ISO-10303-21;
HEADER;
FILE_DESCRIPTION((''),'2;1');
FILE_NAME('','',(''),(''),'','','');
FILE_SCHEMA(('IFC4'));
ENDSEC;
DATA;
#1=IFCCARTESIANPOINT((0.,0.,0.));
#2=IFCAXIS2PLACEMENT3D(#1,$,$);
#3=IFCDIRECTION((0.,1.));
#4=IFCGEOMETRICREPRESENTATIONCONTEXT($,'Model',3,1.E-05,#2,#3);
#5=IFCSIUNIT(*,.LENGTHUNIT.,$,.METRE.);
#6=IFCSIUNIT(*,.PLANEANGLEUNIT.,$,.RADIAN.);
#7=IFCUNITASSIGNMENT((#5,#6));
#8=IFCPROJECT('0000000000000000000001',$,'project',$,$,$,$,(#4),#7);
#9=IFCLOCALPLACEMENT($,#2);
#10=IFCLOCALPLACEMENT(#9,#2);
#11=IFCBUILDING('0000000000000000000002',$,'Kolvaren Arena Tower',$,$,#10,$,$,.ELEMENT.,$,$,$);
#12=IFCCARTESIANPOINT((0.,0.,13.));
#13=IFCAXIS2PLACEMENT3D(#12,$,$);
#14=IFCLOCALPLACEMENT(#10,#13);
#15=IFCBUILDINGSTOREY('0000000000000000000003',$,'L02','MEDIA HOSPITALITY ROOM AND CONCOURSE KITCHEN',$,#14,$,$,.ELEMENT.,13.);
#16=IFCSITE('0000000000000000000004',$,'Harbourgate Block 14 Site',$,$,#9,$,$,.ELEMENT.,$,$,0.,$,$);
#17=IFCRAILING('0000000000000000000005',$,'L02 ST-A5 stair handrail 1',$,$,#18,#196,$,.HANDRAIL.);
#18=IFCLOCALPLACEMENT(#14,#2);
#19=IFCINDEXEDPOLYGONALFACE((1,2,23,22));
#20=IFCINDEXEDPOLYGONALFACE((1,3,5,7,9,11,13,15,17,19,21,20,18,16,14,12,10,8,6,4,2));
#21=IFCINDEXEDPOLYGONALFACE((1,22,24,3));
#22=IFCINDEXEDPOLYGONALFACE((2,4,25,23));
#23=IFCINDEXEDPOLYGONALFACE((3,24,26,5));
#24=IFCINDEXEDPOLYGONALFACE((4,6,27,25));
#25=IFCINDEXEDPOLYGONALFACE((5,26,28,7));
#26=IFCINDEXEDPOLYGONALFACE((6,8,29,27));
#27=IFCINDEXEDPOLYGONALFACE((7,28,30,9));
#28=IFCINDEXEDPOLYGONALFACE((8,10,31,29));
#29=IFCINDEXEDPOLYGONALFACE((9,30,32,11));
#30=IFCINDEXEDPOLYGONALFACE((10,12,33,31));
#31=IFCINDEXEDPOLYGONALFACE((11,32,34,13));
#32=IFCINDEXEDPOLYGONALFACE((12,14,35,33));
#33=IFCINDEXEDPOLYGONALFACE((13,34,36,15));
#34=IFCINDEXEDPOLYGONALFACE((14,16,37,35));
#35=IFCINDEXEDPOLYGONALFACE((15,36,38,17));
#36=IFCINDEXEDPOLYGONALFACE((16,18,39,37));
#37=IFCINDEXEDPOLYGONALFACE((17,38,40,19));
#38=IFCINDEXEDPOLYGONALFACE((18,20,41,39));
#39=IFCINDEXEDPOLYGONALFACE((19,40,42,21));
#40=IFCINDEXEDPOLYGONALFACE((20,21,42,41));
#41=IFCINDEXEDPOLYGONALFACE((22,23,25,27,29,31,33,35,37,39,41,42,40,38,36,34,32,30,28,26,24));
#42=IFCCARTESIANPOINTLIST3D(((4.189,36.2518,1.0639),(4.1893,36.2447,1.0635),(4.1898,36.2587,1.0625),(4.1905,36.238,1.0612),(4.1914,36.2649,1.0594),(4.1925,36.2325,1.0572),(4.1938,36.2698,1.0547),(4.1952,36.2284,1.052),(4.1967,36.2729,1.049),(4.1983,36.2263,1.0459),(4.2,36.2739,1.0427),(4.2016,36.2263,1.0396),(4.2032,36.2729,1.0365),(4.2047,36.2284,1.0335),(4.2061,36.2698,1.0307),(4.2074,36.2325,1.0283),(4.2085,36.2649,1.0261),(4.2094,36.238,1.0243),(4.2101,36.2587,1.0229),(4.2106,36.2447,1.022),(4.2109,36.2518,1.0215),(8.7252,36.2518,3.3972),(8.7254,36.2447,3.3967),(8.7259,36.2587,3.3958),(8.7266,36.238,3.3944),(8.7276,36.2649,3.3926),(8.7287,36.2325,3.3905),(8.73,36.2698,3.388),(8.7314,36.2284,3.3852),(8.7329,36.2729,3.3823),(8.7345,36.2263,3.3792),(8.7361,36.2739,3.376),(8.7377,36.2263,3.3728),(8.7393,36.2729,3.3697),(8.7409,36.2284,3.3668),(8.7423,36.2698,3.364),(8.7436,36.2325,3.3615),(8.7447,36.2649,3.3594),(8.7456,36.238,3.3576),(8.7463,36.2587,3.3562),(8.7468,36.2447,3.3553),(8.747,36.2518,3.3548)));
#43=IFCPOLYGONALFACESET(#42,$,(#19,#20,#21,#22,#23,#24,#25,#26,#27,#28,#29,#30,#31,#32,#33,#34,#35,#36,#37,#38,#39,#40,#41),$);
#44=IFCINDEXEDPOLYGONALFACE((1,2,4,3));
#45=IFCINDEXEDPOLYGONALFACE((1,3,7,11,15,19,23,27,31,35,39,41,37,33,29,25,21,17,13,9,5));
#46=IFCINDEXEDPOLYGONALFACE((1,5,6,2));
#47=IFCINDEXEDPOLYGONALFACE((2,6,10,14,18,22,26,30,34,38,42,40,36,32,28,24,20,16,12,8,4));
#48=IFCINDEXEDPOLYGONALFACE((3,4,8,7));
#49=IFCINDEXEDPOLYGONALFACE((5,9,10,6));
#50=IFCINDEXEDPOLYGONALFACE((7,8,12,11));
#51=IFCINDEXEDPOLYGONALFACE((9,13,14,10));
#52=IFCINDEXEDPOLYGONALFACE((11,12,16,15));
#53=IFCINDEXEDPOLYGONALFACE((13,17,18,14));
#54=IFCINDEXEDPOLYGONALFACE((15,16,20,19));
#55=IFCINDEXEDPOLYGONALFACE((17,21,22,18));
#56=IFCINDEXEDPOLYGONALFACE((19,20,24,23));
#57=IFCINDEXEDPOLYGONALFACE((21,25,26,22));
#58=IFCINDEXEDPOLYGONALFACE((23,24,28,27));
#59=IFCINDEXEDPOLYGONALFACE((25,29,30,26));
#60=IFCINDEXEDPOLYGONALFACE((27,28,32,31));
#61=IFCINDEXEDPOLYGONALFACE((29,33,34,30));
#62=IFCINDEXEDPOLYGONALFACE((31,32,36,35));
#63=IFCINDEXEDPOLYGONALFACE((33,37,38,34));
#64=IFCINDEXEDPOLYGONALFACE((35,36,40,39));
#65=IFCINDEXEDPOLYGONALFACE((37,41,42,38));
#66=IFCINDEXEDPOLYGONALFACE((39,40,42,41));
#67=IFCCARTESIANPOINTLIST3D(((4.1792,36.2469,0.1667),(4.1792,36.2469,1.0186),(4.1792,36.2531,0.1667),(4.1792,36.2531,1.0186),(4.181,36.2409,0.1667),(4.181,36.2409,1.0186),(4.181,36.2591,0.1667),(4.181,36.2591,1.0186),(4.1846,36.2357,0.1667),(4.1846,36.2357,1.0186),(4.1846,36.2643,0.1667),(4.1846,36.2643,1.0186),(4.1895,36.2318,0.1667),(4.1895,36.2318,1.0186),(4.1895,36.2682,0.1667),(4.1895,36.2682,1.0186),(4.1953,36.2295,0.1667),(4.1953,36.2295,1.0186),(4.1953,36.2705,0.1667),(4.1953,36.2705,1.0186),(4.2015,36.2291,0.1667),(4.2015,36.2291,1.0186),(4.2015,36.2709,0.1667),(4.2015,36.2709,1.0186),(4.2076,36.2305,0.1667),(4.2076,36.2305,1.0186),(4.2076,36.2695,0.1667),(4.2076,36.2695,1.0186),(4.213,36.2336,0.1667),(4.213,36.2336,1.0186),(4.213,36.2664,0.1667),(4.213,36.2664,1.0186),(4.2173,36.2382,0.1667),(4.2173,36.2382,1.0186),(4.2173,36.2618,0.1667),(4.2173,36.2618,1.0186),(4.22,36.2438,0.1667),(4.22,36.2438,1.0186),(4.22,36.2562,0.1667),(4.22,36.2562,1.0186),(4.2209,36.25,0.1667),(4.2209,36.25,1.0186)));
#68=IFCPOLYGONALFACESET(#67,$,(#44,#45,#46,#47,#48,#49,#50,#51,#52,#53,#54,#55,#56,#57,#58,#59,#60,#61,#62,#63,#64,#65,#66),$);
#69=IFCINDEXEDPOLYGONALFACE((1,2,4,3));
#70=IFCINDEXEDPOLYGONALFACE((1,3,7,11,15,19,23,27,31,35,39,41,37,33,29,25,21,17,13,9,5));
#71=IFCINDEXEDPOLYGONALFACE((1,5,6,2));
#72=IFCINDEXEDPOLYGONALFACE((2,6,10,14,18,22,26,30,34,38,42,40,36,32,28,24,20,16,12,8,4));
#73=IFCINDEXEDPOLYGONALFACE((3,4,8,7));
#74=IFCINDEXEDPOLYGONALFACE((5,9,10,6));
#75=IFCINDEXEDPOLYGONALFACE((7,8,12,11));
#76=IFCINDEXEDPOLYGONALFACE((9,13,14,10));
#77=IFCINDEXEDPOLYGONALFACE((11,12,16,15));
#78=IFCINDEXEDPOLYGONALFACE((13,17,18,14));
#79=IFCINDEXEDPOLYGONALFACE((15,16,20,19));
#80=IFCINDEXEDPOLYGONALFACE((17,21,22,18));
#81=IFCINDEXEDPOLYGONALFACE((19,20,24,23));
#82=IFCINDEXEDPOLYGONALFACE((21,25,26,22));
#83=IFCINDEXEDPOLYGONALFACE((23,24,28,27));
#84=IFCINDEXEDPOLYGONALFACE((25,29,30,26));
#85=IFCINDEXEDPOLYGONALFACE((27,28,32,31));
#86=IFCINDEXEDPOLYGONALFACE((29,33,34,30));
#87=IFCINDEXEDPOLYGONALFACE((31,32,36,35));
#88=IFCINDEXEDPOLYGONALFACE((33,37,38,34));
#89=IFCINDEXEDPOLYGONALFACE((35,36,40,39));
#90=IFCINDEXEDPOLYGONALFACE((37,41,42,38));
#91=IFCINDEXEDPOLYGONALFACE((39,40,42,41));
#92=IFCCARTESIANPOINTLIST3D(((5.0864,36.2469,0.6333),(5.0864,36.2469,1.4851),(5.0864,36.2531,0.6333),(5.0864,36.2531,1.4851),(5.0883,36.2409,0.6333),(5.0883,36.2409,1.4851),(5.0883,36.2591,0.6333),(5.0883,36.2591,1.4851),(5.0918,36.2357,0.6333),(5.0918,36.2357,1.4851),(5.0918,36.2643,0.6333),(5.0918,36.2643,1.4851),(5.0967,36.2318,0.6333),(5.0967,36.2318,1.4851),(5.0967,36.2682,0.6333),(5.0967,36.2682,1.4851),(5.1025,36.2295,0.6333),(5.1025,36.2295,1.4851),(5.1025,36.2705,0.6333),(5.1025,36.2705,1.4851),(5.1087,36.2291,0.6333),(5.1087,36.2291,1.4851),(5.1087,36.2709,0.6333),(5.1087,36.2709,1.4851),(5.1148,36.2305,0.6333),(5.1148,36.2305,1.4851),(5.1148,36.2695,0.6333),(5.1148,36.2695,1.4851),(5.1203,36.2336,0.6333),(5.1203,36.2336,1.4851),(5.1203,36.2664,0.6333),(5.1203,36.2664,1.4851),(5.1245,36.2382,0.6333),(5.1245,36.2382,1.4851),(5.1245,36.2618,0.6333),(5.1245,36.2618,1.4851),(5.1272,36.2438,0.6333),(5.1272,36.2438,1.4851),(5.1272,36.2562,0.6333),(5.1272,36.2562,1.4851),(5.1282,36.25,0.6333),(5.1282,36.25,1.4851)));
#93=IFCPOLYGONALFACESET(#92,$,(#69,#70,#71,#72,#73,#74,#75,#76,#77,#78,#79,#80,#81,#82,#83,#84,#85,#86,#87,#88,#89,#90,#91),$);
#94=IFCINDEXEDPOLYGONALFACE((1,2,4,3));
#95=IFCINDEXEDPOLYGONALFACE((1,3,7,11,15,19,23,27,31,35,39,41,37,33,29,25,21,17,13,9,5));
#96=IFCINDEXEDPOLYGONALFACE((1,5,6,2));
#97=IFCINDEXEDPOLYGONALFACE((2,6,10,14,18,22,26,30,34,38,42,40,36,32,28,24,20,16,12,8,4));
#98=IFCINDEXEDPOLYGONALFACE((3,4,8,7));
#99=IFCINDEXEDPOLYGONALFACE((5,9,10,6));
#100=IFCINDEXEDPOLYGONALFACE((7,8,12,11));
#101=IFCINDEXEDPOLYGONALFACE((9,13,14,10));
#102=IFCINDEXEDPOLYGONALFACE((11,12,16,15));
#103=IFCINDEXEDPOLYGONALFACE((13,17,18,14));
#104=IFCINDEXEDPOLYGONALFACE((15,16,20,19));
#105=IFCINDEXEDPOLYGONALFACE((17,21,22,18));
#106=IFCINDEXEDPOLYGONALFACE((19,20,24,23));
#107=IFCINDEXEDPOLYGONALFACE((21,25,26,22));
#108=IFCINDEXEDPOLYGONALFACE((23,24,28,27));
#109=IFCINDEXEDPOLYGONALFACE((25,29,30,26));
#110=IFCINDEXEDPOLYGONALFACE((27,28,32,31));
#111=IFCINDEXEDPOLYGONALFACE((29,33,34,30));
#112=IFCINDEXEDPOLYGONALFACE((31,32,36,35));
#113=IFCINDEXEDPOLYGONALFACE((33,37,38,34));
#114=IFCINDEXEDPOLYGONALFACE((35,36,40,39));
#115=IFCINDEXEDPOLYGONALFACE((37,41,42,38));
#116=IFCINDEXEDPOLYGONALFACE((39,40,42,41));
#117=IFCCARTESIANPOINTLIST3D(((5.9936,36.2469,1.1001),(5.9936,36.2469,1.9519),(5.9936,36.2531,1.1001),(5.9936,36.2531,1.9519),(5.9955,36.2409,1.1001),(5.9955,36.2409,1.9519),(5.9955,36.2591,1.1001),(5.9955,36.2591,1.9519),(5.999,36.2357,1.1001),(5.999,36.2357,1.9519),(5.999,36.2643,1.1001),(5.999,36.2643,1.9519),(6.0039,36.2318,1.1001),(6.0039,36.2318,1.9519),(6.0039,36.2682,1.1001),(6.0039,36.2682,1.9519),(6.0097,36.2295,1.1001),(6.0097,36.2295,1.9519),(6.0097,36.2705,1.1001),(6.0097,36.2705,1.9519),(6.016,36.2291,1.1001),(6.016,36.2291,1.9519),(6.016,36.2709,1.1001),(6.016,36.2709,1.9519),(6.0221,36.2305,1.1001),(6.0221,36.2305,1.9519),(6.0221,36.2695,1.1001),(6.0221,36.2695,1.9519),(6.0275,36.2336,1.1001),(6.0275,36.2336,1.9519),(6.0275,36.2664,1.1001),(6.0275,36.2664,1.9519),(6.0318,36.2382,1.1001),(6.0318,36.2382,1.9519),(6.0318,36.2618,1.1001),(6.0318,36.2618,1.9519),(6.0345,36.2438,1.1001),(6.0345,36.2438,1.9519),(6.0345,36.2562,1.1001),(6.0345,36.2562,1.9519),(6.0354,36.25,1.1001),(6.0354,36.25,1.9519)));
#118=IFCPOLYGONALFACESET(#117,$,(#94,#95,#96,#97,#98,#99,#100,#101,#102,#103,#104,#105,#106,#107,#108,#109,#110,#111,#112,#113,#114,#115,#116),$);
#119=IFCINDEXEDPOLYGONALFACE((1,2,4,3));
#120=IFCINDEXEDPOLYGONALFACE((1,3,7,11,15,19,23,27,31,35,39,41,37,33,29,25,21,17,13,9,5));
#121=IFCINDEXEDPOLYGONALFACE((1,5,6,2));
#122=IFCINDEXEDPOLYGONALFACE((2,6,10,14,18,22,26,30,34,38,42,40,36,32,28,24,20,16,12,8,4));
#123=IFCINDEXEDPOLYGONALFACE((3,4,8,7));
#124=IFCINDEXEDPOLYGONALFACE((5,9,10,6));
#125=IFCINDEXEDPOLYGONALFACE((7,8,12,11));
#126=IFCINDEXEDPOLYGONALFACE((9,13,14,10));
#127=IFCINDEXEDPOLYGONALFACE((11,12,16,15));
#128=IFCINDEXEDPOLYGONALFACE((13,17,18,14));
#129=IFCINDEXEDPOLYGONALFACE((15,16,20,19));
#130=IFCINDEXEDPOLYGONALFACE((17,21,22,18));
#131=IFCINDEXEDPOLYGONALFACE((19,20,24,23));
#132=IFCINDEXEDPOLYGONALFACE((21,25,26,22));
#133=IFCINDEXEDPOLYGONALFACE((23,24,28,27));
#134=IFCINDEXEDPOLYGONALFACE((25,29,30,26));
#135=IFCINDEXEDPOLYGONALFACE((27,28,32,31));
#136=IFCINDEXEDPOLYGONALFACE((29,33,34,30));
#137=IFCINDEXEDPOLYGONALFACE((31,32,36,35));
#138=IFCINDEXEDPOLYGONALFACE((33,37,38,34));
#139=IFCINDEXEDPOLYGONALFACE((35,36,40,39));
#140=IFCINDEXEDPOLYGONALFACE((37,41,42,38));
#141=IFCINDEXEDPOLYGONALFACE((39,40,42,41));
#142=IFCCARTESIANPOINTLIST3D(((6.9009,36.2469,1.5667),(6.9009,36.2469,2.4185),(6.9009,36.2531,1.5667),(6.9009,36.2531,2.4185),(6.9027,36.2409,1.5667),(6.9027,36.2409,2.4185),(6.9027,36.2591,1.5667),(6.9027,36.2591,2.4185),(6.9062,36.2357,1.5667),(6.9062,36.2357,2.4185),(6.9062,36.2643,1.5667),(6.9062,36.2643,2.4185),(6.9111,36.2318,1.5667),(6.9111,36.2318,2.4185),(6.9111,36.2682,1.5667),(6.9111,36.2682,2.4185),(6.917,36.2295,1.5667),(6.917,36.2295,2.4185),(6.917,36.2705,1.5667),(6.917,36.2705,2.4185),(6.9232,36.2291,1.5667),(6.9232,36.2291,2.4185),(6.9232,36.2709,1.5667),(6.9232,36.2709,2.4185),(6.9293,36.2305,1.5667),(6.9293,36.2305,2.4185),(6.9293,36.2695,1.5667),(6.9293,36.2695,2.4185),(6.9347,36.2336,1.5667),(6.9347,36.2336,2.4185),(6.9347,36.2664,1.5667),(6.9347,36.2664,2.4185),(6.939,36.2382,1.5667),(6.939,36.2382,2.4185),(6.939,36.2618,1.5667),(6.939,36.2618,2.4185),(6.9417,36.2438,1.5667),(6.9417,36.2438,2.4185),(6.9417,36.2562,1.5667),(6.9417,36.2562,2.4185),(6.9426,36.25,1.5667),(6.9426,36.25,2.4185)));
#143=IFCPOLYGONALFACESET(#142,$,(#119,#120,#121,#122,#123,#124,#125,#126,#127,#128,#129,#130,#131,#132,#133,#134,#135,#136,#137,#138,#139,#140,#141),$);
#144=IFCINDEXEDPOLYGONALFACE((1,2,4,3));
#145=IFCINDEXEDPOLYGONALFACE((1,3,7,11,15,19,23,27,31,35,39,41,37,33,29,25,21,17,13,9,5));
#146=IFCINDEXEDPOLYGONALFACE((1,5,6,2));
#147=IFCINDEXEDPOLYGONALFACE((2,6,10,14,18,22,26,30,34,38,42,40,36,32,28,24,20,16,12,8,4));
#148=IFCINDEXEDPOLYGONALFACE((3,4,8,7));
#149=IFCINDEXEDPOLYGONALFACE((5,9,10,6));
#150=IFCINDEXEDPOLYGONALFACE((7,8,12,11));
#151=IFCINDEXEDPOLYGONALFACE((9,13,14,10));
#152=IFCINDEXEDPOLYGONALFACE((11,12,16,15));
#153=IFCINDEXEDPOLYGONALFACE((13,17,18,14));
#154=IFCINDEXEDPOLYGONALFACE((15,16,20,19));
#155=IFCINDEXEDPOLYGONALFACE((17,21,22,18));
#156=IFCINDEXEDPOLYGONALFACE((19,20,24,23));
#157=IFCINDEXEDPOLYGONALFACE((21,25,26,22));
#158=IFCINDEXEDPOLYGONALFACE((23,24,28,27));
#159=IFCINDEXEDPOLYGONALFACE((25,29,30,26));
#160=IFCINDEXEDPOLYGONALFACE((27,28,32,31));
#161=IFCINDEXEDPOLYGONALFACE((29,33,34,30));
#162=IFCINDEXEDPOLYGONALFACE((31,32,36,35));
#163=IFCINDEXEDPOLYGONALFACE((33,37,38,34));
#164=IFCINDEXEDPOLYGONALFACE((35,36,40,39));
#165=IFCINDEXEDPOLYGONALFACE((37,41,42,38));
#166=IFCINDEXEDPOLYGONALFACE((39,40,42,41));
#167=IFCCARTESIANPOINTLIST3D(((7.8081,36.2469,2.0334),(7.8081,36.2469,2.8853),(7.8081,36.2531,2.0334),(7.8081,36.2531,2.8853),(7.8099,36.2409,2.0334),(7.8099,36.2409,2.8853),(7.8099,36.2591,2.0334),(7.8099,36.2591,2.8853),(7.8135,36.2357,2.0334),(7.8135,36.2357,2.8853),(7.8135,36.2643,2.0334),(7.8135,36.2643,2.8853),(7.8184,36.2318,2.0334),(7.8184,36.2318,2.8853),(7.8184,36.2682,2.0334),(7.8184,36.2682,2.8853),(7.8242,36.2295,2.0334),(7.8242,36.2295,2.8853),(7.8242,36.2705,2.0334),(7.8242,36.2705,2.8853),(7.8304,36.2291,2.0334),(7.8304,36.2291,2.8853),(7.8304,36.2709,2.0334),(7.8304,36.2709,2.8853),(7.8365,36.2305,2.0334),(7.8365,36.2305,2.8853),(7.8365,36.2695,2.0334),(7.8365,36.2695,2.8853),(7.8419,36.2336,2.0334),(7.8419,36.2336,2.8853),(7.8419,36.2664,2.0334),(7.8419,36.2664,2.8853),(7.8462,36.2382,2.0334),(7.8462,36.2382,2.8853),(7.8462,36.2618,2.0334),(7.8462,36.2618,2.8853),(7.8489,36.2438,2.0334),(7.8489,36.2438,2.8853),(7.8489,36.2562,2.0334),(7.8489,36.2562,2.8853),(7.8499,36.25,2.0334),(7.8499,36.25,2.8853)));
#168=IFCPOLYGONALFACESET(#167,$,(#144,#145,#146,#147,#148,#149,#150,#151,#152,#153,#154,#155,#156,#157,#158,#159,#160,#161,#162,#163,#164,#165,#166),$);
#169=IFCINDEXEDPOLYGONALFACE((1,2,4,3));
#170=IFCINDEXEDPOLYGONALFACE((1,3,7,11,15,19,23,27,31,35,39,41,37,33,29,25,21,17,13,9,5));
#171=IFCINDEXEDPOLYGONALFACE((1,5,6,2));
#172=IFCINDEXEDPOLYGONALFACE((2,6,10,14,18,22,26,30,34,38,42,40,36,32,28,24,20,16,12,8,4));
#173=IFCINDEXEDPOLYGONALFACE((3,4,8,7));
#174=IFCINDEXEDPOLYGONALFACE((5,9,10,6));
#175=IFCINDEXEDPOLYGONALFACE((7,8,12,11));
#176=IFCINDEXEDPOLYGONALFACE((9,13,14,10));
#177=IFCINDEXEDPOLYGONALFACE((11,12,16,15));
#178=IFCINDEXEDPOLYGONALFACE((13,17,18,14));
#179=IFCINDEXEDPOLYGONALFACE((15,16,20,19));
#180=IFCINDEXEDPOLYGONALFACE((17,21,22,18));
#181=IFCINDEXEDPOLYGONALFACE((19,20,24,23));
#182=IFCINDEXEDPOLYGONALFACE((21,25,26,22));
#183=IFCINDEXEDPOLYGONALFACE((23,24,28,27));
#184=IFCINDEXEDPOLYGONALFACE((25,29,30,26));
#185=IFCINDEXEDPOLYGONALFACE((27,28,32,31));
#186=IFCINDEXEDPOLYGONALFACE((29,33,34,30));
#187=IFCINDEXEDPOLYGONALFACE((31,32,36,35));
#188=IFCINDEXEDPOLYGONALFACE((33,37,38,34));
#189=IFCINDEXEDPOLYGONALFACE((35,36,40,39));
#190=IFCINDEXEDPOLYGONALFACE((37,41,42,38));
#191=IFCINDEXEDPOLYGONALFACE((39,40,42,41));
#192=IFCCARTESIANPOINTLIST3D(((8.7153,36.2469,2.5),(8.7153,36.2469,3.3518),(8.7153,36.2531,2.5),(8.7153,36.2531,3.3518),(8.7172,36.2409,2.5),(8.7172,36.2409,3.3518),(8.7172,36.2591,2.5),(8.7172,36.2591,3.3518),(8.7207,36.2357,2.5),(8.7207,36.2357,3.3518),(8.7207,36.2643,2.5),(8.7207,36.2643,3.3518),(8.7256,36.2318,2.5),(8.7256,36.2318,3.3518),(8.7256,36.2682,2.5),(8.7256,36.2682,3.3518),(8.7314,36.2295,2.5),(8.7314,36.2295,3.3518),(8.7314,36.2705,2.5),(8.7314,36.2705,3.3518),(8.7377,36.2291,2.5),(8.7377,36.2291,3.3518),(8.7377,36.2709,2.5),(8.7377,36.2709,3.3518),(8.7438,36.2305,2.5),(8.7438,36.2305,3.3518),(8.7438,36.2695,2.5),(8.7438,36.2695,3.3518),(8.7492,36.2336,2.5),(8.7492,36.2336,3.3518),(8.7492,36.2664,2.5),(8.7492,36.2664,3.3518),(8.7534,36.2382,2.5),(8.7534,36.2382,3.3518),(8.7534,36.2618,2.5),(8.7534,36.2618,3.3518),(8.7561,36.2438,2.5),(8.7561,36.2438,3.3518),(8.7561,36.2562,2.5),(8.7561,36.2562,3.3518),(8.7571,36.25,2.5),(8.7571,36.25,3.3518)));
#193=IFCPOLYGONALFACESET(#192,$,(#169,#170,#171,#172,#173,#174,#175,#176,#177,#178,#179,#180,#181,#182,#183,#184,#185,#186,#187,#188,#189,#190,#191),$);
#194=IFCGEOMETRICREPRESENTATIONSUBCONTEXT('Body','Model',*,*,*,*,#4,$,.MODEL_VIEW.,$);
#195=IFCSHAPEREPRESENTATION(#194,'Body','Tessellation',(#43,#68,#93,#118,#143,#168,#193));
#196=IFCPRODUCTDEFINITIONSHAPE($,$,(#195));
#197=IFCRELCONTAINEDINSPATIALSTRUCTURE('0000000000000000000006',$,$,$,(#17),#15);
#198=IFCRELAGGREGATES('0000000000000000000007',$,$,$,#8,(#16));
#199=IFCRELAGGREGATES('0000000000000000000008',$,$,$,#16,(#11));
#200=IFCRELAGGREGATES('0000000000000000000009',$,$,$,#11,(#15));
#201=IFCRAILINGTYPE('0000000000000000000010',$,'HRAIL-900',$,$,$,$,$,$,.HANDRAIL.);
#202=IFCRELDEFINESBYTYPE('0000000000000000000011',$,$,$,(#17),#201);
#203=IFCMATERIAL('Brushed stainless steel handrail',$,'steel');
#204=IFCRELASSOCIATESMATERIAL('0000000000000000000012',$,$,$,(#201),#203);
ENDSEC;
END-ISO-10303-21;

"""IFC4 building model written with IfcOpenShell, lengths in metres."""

from ifc_helpers import new_model, si_unit, direction, frame, origin, origin_2d, place, context, subcontext, project, spatial, circle, extrude, material, type_object, element, save


model = new_model("IFC4")

# Units and contexts
model_context = context("Model", 3, precision=1e-05, world=origin(), true_north=direction((0.0, 1.0)))
body_context = subcontext(model_context, "Body", "Model", "MODEL_VIEW")
ifc_project = project(units=[si_unit("LENGTHUNIT", "METRE"), si_unit("PLANEANGLEUNIT", "RADIAN")], contexts=[model_context])

# Site, building, storey
site_placement = place(None, origin())
site = spatial("IfcSite", under=ifc_project, at=site_placement, Name="Harbourgate Block 14 Site", CompositionType="ELEMENT", RefElevation=0.0)
building_placement = place(site_placement, origin())
building = spatial("IfcBuilding", under=site, at=building_placement, Name="Kolvaren Arena Tower", CompositionType="ELEMENT")
storey_placement = place(building_placement, frame((0.0, 0.0, 13.0)))
storey = spatial("IfcBuildingStorey", under=building, at=storey_placement, Name="L02", Description="MEDIA HOSPITALITY ROOM AND CONCOURSE KITCHEN", CompositionType="ELEMENT", Elevation=13.0)

# Railing
ifc_material_1 = material(Name="Brushed stainless steel handrail", Category="steel")
railing_type_1 = type_object("IfcRailingType", Name="HRAIL-900", PredefinedType="HANDRAIL", material=ifc_material_1)
railing_1_placement = place(storey_placement, frame((4.2, 36.25, 0.1667)))
element("IfcRailing", 1, at=railing_1_placement, inside=storey, type_object=railing_type_1, Name="L02 ST-A5 stair handrail 1", PredefinedType="HANDRAIL", context=body_context, shape_type="SweptSolid", body=[
    extrude(circle(Radius=0.0239, at=origin_2d()), frame((0.0, 0.0, 0.876), z_axis=(0.889257, 0.0, 0.457407), x_axis=(0.0, 1.0, 0.0)), (0.0, 0.0, 1.0), 5.1011),
    extrude(circle(Radius=0.021, at=origin_2d()), origin(), (0.0, 0.0, 1.0), 0.8518),
    extrude(circle(Radius=0.021, at=origin_2d()), frame((0.9072, 0.0, 0.4666)), (0.0, 0.0, 1.0), 0.8518),
    extrude(circle(Radius=0.021, at=origin_2d()), frame((1.8145, 0.0, 0.9333)), (0.0, 0.0, 1.0), 0.8518),
    extrude(circle(Radius=0.021, at=origin_2d()), frame((2.7217, 0.0, 1.3999)), (0.0, 0.0, 1.0), 0.8518),
    extrude(circle(Radius=0.021, at=origin_2d()), frame((3.6289, 0.0, 1.8667)), (0.0, 0.0, 1.0), 0.8518),
    extrude(circle(Radius=0.021, at=origin_2d()), frame((4.5361, 0.0, 2.3333)), (0.0, 0.0, 1.0), 0.8518),
])

save(model, "model.ifc")
